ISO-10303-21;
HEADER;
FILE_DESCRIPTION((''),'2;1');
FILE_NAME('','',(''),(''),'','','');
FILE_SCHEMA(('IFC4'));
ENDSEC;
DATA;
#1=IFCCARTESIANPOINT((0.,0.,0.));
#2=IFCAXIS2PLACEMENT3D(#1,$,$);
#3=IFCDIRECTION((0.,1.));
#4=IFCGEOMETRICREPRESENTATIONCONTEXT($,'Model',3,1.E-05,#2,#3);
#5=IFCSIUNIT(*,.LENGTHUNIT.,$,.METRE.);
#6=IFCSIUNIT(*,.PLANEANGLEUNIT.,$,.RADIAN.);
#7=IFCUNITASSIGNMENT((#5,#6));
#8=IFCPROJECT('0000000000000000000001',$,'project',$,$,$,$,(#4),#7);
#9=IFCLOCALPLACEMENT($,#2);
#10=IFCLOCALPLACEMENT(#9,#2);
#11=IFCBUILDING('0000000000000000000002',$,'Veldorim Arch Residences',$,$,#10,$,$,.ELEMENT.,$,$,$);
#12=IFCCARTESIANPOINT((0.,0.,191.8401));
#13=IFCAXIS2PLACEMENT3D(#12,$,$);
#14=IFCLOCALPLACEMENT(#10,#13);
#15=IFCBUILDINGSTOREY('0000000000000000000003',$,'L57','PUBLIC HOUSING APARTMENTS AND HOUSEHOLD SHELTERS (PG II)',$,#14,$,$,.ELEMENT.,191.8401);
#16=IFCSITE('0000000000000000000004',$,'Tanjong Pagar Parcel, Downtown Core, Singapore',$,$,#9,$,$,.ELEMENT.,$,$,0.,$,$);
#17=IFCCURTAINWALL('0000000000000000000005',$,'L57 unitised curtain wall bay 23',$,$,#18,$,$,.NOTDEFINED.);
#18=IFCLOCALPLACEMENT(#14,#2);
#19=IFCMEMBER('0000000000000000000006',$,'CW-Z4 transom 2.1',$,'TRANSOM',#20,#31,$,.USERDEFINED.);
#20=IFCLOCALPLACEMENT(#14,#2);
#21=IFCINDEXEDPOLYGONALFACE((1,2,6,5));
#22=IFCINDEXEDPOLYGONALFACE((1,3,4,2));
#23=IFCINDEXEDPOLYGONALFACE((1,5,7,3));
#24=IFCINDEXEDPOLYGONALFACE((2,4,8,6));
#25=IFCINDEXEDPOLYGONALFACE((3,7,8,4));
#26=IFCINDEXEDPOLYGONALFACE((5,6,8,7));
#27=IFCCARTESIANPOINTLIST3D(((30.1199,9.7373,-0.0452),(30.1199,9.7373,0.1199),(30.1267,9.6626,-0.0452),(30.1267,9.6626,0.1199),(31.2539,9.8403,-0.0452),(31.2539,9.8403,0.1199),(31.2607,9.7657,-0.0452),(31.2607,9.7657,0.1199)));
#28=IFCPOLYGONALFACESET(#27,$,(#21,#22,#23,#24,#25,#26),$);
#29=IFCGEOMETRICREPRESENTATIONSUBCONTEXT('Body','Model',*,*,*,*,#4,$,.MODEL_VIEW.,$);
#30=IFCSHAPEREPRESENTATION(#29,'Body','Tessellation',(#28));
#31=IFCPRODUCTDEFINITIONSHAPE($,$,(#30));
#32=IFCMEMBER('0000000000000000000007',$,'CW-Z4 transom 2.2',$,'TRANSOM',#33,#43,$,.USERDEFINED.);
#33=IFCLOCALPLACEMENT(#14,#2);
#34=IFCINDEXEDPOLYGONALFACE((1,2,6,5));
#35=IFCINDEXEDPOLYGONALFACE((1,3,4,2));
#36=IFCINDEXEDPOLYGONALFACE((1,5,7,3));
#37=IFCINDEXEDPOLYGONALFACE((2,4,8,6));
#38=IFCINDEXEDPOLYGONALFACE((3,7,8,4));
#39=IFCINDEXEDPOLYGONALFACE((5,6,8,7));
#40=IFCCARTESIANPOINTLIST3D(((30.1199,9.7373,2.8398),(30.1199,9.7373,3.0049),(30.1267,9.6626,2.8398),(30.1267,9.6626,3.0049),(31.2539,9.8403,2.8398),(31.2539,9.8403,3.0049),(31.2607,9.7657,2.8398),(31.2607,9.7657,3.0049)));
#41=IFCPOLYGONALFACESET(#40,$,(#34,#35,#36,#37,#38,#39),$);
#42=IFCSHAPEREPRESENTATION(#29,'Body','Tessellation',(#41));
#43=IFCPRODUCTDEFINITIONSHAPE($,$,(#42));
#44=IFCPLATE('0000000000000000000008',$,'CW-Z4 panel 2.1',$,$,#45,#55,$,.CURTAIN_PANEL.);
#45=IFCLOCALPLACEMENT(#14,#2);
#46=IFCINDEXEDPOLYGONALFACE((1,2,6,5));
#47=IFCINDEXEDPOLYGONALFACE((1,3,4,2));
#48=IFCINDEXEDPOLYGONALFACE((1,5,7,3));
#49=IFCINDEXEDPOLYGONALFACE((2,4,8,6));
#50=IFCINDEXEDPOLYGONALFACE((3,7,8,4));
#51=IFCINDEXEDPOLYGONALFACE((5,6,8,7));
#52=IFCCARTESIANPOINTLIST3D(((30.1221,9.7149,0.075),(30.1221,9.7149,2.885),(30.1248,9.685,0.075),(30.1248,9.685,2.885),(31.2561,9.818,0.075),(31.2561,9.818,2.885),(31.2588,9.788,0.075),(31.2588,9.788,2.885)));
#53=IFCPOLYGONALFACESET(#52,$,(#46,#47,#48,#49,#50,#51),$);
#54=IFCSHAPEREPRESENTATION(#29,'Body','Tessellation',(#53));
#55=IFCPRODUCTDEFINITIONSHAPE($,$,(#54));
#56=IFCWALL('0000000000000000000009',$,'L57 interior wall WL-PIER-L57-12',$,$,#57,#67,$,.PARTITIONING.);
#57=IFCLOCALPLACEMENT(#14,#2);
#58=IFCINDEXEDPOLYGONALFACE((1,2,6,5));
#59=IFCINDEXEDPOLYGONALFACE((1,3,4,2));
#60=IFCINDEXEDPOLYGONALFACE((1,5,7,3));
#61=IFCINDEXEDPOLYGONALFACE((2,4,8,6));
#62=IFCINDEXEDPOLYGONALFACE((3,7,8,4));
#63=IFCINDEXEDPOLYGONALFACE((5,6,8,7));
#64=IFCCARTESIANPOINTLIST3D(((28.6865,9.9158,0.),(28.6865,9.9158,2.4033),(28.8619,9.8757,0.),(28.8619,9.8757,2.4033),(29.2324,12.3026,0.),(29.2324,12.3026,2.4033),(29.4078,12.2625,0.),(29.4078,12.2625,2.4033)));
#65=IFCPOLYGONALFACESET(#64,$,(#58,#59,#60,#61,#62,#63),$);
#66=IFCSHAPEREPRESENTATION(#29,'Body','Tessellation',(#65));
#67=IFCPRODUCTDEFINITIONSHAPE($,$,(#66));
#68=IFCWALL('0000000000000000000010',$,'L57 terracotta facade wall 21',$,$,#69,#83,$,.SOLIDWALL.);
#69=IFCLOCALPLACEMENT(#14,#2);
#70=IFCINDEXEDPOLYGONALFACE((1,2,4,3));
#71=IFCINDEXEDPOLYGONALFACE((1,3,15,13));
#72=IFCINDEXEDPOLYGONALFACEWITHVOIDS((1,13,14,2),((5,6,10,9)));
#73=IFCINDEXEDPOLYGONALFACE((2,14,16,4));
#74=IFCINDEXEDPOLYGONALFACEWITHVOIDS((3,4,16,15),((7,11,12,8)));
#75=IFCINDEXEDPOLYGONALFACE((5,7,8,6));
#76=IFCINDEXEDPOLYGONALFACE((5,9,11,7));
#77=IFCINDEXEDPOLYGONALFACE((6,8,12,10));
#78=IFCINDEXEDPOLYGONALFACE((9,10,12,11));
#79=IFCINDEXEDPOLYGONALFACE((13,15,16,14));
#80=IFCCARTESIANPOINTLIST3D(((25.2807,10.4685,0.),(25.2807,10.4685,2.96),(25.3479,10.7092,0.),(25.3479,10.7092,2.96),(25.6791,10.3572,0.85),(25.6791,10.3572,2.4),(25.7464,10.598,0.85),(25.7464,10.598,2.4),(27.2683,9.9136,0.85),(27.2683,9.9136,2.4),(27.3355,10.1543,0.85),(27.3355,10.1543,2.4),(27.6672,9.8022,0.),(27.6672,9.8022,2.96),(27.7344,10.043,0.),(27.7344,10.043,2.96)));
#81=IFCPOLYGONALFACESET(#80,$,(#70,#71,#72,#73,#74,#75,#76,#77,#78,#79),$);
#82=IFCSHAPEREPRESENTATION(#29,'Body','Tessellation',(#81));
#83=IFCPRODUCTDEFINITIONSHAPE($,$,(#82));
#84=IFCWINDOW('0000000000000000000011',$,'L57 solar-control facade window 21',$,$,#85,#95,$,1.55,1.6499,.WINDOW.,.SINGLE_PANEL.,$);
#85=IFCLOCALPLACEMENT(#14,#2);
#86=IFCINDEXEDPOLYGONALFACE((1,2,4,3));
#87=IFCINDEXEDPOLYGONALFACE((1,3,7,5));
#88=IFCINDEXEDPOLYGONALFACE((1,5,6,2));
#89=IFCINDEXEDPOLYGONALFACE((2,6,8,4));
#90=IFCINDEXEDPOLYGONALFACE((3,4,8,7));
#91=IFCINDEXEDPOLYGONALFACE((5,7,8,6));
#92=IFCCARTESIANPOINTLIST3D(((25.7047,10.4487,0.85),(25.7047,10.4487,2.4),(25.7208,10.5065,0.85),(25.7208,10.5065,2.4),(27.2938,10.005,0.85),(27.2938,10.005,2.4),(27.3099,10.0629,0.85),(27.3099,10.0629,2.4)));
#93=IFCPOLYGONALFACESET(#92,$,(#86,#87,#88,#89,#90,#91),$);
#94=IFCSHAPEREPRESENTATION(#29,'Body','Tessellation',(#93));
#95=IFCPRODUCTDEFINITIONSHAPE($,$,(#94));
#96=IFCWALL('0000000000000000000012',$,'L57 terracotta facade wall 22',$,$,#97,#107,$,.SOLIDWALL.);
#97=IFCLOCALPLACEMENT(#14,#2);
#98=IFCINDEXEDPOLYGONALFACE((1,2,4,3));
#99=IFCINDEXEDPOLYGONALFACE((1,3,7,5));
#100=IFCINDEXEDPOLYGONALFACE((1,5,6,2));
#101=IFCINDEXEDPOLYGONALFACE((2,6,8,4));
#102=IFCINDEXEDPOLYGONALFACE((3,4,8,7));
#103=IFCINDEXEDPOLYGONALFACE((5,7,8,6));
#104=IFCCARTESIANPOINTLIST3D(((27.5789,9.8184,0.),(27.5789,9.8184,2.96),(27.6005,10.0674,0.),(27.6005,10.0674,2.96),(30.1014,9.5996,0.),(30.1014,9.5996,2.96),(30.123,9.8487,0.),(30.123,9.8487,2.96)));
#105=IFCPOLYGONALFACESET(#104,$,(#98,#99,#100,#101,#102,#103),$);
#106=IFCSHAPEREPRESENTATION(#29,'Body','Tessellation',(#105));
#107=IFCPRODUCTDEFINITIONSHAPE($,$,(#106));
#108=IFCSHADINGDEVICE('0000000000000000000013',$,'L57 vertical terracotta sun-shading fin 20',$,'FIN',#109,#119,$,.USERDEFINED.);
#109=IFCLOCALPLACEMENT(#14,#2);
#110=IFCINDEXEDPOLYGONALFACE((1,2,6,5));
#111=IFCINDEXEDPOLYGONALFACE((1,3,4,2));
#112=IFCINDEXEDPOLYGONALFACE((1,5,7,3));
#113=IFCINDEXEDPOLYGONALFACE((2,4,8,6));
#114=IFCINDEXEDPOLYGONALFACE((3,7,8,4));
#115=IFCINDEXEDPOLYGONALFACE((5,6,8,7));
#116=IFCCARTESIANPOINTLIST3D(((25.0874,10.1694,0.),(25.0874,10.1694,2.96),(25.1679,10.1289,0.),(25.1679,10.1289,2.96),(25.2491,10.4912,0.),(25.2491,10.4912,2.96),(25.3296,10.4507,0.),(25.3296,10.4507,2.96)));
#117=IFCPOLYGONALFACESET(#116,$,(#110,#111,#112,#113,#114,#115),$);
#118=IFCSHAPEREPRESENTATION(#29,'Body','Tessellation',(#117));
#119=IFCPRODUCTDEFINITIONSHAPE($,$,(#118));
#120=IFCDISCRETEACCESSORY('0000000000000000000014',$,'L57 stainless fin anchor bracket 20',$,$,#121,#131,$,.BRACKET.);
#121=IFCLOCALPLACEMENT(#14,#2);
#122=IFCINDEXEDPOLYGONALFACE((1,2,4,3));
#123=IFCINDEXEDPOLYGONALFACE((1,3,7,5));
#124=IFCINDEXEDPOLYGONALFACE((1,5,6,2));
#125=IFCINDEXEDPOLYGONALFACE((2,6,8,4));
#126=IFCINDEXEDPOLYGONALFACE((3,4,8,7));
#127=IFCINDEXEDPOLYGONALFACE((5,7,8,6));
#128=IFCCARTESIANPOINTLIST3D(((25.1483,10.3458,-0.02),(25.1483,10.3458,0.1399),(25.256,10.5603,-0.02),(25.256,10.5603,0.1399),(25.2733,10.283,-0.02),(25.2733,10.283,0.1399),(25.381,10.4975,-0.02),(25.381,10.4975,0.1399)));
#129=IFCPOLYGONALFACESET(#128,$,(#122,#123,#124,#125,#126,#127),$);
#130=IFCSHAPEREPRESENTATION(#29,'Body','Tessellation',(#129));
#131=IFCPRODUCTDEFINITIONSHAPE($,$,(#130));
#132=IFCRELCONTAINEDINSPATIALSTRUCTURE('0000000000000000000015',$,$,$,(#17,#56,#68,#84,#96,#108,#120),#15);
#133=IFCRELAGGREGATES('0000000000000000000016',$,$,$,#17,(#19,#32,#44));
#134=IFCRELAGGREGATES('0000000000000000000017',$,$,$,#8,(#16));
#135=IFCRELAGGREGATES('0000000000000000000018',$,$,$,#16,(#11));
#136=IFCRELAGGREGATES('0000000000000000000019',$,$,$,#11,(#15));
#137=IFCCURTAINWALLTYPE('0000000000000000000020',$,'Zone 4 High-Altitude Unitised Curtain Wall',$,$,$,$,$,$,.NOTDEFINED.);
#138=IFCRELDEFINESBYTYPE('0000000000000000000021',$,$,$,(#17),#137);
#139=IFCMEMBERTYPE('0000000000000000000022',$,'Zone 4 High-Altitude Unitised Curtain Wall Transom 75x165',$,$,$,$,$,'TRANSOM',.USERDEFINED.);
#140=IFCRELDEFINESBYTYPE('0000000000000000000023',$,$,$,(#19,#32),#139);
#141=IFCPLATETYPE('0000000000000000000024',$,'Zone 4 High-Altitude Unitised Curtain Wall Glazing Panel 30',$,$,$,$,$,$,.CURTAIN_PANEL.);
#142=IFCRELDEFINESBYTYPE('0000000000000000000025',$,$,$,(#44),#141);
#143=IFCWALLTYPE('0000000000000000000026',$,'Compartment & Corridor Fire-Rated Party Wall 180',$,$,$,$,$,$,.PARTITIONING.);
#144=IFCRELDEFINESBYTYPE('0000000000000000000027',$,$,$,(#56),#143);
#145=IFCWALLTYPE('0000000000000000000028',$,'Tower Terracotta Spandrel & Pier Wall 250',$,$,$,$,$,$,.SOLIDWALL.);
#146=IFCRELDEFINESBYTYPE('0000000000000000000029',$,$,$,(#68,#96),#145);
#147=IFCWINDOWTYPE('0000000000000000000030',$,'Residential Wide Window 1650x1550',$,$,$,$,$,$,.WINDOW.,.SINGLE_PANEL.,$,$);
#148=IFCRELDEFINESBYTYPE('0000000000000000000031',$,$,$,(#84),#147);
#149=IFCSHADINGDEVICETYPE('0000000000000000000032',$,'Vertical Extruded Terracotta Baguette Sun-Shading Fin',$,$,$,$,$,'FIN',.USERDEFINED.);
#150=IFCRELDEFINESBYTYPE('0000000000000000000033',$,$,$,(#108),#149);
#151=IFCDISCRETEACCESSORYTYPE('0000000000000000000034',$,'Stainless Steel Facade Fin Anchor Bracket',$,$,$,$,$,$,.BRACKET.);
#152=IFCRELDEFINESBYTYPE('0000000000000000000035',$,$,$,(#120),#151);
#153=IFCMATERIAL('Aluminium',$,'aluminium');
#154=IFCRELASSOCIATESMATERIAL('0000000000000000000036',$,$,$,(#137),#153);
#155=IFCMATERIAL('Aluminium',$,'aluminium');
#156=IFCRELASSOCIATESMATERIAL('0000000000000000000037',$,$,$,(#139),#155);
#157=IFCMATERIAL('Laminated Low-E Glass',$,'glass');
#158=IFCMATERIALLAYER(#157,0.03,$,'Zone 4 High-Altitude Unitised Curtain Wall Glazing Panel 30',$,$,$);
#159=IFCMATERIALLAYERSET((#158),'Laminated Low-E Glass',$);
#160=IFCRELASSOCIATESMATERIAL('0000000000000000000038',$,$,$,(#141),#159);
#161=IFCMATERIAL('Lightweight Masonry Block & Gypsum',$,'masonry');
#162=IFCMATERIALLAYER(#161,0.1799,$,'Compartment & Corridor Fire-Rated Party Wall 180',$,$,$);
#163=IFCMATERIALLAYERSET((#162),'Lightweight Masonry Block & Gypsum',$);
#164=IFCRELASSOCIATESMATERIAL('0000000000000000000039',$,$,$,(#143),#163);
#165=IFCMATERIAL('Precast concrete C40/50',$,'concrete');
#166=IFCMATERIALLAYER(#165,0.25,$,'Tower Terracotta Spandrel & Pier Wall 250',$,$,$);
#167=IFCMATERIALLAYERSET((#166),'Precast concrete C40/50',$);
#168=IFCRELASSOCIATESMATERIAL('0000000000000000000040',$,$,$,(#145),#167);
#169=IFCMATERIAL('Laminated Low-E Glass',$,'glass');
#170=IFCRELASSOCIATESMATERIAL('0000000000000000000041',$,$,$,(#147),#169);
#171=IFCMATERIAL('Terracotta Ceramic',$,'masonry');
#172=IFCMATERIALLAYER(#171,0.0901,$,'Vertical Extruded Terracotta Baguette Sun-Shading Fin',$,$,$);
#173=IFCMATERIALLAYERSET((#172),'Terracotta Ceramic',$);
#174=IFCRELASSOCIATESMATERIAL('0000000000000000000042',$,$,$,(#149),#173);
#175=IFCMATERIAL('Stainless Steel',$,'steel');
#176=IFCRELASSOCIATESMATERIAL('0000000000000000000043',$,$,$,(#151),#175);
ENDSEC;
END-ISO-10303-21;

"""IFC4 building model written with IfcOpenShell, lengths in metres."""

from ifc_helpers import new_model, si_unit, direction, frame, frame_2d, origin, origin_2d, place, context, subcontext, project, spatial, rectangle, extrude, material, layer, layer_set, material_profile, profile_set, type_object, element, fill, aggregate, save


model = new_model("IFC4")

# Units and contexts
model_context = context("Model", 3, precision=1e-05, world=origin(), true_north=direction((0.0, 1.0)))
body_context = subcontext(model_context, "Body", "Model", "MODEL_VIEW")
ifc_project = project(units=[si_unit("LENGTHUNIT", "METRE"), si_unit("PLANEANGLEUNIT", "RADIAN")], contexts=[model_context])

# Site, building, storey
site_placement = place(None, origin())
site = spatial("IfcSite", under=ifc_project, at=site_placement, Name="Tanjong Pagar Parcel, Downtown Core, Singapore", CompositionType="ELEMENT", RefElevation=0.0)
building_placement = place(site_placement, origin())
building = spatial("IfcBuilding", under=site, at=building_placement, Name="Veldorim Arch Residences", CompositionType="ELEMENT")
storey_placement = place(building_placement, frame((0.0, 0.0, 191.8401)))
storey = spatial("IfcBuildingStorey", under=building, at=storey_placement, Name="L57", Description="PUBLIC HOUSING APARTMENTS AND HOUSEHOLD SHELTERS (PG II)", CompositionType="ELEMENT", Elevation=191.8401)

# Shared definitions
ifc_material_1 = material(Name="Aluminium", Category="aluminium")
curtain_wall_type = type_object("IfcCurtainWallType", Name="Zone 4 High-Altitude Unitised Curtain Wall", PredefinedType="NOTDEFINED", material=ifc_material_1)

# Curtain wall
curtain_wall_1_placement = place(storey_placement, origin())
curtain_wall_1 = element("IfcCurtainWall", 1, at=curtain_wall_1_placement, inside=storey, type_object=curtain_wall_type, Name="L57 unitised curtain wall bay 23", PredefinedType="NOTDEFINED")

# Members
ifc_material_2 = material(Name="Aluminium", Category="aluminium")
ifc_material_profile_1 = material_profile(ifc_material_2, rectangle(XDim=0.075, YDim=0.165, at=origin_2d()), Name="ALU_TRN_75x165")
ifc_profile_set_1 = profile_set([ifc_material_profile_1], Name="Aluminium")
member_type_1 = type_object("IfcMemberType", Name="Zone 4 High-Altitude Unitised Curtain Wall Transom 75x165", ElementType="TRANSOM", PredefinedType="USERDEFINED", material=ifc_profile_set_1)
member_1_placement = place(storey_placement, frame((31.2573, 9.803, 0.0374), z_axis=(-0.995898, -0.090478, 0.0), x_axis=(0.090478, -0.995898, 0.0)))
member_1 = element("IfcMember", 2, at=member_1_placement, type_object=member_type_1, Name="CW-Z4 transom 2.1", ObjectType="TRANSOM", PredefinedType="USERDEFINED", context=body_context, shape_type="SweptSolid", body=[
    extrude(rectangle(XDim=0.075, YDim=0.165, at=origin_2d()), origin(), (0.0, 0.0, 1.0), 1.1387),
])
member_2_placement = place(storey_placement, frame((31.2573, 9.803, 2.9224), z_axis=(-0.995898, -0.090478, 0.0), x_axis=(0.090478, -0.995898, 0.0)))
member_2 = element("IfcMember", 3, at=member_2_placement, type_object=member_type_1, Name="CW-Z4 transom 2.2", ObjectType="TRANSOM", PredefinedType="USERDEFINED", context=body_context, shape_type="SweptSolid", body=[
    extrude(rectangle(XDim=0.075, YDim=0.165, at=origin_2d()), origin(), (0.0, 0.0, 1.0), 1.1387),
])

# Plate
ifc_material_3 = material(Name="Laminated Low-E Glass", Category="glass")
ifc_layer_1 = layer(ifc_material_3, 0.03, Name="Zone 4 High-Altitude Unitised Curtain Wall Glazing Panel 30")
ifc_layer_set_1 = layer_set([ifc_layer_1], Name="Laminated Low-E Glass")
plate_type = type_object("IfcPlateType", Name="Zone 4 High-Altitude Unitised Curtain Wall Glazing Panel 30", PredefinedType="CURTAIN_PANEL", material=ifc_layer_set_1)
plate_placement = place(storey_placement, frame((30.6904, 9.7515, 0.075), z_axis=(0.0, 0.0, 1.0), x_axis=(-0.995895, -0.090521, 0.0)))
plate = element("IfcPlate", 4, at=plate_placement, type_object=plate_type, Name="CW-Z4 panel 2.1", PredefinedType="CURTAIN_PANEL", context=body_context, shape_type="SweptSolid", body=[
    extrude(rectangle(XDim=1.1387, YDim=0.03, at=origin_2d()), origin(), (0.0, 0.0, 1.0), 2.8101),
])
aggregate(curtain_wall_1, [member_1, member_2, plate])

# Wall
ifc_material_4 = material(Name="Lightweight Masonry Block & Gypsum", Category="masonry")
ifc_layer_2 = layer(ifc_material_4, 0.1799, Name="Compartment & Corridor Fire-Rated Party Wall 180")
ifc_layer_set_2 = layer_set([ifc_layer_2], Name="Lightweight Masonry Block & Gypsum")
wall_type_1 = type_object("IfcWallType", Name="Compartment & Corridor Fire-Rated Party Wall 180", PredefinedType="PARTITIONING", material=ifc_layer_set_2)
wall_1_placement = place(storey_placement, frame((29.3201, 12.2825, 0.0), z_axis=(0.0, 0.0, 1.0), x_axis=(-0.222944, -0.974831, 0.0)))
element("IfcWall", 5, at=wall_1_placement, inside=storey, type_object=wall_type_1, Name="L57 interior wall WL-PIER-L57-12", PredefinedType="PARTITIONING", context=body_context, shape_type="SweptSolid", body=[
    extrude(rectangle(XDim=2.4485, YDim=0.1799, at=frame_2d((1.2241, 0.0))), origin(), (0.0, 0.0, 1.0), 2.4033),
])

# Wall, opening, window
ifc_material_5 = material(Name="Precast concrete C40/50", Category="concrete")
ifc_layer_3 = layer(ifc_material_5, 0.25, Name="Tower Terracotta Spandrel & Pier Wall 250")
ifc_layer_set_3 = layer_set([ifc_layer_3], Name="Precast concrete C40/50")
wall_type_2 = type_object("IfcWallType", Name="Tower Terracotta Spandrel & Pier Wall 250", PredefinedType="SOLIDWALL", material=ifc_layer_set_3)
wall_2_placement = place(storey_placement, frame((27.7007, 9.9226, 0.0), z_axis=(0.0, 0.0, 1.0), x_axis=(-0.963168, 0.268899, 0.0)))
wall_2 = element("IfcWall", 6, at=wall_2_placement, inside=storey, type_object=wall_type_2, Name="L57 terracotta facade wall 21", PredefinedType="SOLIDWALL", context=body_context, shape_type="SweptSolid", body=[
    extrude(rectangle(XDim=2.4778, YDim=0.25, at=frame_2d((1.2388, 0.0))), origin(), (0.0, 0.0, 1.0), 2.96),
])
opening_placement = place(wall_2_placement, frame((0.4141, 0.0, 0.8501)))
opening = element("IfcOpeningElement", 7, at=opening_placement, cuts=wall_2, PredefinedType="OPENING", context=body_context, shape_type="SweptSolid", body=[
    extrude(rectangle(XDim=1.6499, YDim=1.55, at=frame_2d((0.825, 0.7749))), frame((0.0, 0.135, 0.0), z_axis=(0.0, -1.0, 0.0), x_axis=(1.0, 0.0, 0.0)), (0.0, 0.0, 1.0), 0.27),
])
ifc_material_6 = material(Name="Laminated Low-E Glass", Category="glass")
window_type = type_object("IfcWindowType", Name="Residential Wide Window 1650x1550", PartitioningType="SINGLE_PANEL", PredefinedType="WINDOW", material=ifc_material_6)
window_placement = place(opening_placement, origin())
window = element("IfcWindow", 8, at=window_placement, inside=storey, type_object=window_type, Name="L57 solar-control facade window 21", OverallHeight=1.55, OverallWidth=1.6499, PartitioningType="SINGLE_PANEL", PredefinedType="WINDOW", context=body_context, shape_type="SweptSolid", body=[
    extrude(rectangle(XDim=1.6499, YDim=1.55, at=frame_2d((0.825, 0.7749))), frame((0.0, 0.03, 0.0), z_axis=(0.0, -1.0, 0.0), x_axis=(1.0, 0.0, 0.0)), (0.0, 0.0, 1.0), 0.0601),
])
fill(opening, window)

# Wall
wall_3_placement = place(storey_placement, frame((30.1123, 9.7241, 0.0), z_axis=(0.0, 0.0, 1.0), x_axis=(-0.996261, 0.086397, 0.0)))
element("IfcWall", 9, at=wall_3_placement, inside=storey, type_object=wall_type_2, Name="L57 terracotta facade wall 22", PredefinedType="SOLIDWALL", context=body_context, shape_type="SweptSolid", body=[
    extrude(rectangle(XDim=2.532, YDim=0.25, at=frame_2d((1.2661, 0.0))), origin(), (0.0, 0.0, 1.0), 2.96),
])

# Shading device
ifc_material_7 = material(Name="Terracotta Ceramic", Category="masonry")
ifc_layer_4 = layer(ifc_material_7, 0.0901, Name="Vertical Extruded Terracotta Baguette Sun-Shading Fin")
ifc_layer_set_4 = layer_set([ifc_layer_4], Name="Terracotta Ceramic")
shading_device_type = type_object("IfcShadingDeviceType", Name="Vertical Extruded Terracotta Baguette Sun-Shading Fin", ElementType="FIN", PredefinedType="USERDEFINED", material=ifc_layer_set_4)
shading_device_placement = place(storey_placement, frame((25.2085, 10.3101, 0.0), z_axis=(0.0, 0.0, 1.0), x_axis=(-0.893607, 0.448851, 0.0)))
element("IfcShadingDevice", 10, at=shading_device_placement, inside=storey, type_object=shading_device_type, Name="L57 vertical terracotta sun-shading fin 20", ObjectType="FIN", PredefinedType="USERDEFINED", context=body_context, shape_type="SweptSolid", body=[
    extrude(rectangle(XDim=0.0901, YDim=0.3601, at=origin_2d()), origin(), (0.0, 0.0, 1.0), 2.96),
])

# Discrete accessory
ifc_material_8 = material(Name="Stainless Steel", Category="steel")
discrete_accessory_type = type_object("IfcDiscreteAccessoryType", Name="Stainless Steel Facade Fin Anchor Bracket", PredefinedType="BRACKET", material=ifc_material_8)
discrete_accessory_placement = place(storey_placement, frame((25.2646, 10.4216, -0.02), z_axis=(0.0, 0.0, 1.0), x_axis=(-0.893607, 0.448851, 0.0)))
element("IfcDiscreteAccessory", 11, at=discrete_accessory_placement, inside=storey, type_object=discrete_accessory_type, Name="L57 stainless fin anchor bracket 20", PredefinedType="BRACKET", context=body_context, shape_type="SweptSolid", body=[
    extrude(rectangle(XDim=0.1399, YDim=0.24, at=origin_2d()), origin(), (0.0, 0.0, 1.0), 0.1599),
])

save(model, "model.ifc")
